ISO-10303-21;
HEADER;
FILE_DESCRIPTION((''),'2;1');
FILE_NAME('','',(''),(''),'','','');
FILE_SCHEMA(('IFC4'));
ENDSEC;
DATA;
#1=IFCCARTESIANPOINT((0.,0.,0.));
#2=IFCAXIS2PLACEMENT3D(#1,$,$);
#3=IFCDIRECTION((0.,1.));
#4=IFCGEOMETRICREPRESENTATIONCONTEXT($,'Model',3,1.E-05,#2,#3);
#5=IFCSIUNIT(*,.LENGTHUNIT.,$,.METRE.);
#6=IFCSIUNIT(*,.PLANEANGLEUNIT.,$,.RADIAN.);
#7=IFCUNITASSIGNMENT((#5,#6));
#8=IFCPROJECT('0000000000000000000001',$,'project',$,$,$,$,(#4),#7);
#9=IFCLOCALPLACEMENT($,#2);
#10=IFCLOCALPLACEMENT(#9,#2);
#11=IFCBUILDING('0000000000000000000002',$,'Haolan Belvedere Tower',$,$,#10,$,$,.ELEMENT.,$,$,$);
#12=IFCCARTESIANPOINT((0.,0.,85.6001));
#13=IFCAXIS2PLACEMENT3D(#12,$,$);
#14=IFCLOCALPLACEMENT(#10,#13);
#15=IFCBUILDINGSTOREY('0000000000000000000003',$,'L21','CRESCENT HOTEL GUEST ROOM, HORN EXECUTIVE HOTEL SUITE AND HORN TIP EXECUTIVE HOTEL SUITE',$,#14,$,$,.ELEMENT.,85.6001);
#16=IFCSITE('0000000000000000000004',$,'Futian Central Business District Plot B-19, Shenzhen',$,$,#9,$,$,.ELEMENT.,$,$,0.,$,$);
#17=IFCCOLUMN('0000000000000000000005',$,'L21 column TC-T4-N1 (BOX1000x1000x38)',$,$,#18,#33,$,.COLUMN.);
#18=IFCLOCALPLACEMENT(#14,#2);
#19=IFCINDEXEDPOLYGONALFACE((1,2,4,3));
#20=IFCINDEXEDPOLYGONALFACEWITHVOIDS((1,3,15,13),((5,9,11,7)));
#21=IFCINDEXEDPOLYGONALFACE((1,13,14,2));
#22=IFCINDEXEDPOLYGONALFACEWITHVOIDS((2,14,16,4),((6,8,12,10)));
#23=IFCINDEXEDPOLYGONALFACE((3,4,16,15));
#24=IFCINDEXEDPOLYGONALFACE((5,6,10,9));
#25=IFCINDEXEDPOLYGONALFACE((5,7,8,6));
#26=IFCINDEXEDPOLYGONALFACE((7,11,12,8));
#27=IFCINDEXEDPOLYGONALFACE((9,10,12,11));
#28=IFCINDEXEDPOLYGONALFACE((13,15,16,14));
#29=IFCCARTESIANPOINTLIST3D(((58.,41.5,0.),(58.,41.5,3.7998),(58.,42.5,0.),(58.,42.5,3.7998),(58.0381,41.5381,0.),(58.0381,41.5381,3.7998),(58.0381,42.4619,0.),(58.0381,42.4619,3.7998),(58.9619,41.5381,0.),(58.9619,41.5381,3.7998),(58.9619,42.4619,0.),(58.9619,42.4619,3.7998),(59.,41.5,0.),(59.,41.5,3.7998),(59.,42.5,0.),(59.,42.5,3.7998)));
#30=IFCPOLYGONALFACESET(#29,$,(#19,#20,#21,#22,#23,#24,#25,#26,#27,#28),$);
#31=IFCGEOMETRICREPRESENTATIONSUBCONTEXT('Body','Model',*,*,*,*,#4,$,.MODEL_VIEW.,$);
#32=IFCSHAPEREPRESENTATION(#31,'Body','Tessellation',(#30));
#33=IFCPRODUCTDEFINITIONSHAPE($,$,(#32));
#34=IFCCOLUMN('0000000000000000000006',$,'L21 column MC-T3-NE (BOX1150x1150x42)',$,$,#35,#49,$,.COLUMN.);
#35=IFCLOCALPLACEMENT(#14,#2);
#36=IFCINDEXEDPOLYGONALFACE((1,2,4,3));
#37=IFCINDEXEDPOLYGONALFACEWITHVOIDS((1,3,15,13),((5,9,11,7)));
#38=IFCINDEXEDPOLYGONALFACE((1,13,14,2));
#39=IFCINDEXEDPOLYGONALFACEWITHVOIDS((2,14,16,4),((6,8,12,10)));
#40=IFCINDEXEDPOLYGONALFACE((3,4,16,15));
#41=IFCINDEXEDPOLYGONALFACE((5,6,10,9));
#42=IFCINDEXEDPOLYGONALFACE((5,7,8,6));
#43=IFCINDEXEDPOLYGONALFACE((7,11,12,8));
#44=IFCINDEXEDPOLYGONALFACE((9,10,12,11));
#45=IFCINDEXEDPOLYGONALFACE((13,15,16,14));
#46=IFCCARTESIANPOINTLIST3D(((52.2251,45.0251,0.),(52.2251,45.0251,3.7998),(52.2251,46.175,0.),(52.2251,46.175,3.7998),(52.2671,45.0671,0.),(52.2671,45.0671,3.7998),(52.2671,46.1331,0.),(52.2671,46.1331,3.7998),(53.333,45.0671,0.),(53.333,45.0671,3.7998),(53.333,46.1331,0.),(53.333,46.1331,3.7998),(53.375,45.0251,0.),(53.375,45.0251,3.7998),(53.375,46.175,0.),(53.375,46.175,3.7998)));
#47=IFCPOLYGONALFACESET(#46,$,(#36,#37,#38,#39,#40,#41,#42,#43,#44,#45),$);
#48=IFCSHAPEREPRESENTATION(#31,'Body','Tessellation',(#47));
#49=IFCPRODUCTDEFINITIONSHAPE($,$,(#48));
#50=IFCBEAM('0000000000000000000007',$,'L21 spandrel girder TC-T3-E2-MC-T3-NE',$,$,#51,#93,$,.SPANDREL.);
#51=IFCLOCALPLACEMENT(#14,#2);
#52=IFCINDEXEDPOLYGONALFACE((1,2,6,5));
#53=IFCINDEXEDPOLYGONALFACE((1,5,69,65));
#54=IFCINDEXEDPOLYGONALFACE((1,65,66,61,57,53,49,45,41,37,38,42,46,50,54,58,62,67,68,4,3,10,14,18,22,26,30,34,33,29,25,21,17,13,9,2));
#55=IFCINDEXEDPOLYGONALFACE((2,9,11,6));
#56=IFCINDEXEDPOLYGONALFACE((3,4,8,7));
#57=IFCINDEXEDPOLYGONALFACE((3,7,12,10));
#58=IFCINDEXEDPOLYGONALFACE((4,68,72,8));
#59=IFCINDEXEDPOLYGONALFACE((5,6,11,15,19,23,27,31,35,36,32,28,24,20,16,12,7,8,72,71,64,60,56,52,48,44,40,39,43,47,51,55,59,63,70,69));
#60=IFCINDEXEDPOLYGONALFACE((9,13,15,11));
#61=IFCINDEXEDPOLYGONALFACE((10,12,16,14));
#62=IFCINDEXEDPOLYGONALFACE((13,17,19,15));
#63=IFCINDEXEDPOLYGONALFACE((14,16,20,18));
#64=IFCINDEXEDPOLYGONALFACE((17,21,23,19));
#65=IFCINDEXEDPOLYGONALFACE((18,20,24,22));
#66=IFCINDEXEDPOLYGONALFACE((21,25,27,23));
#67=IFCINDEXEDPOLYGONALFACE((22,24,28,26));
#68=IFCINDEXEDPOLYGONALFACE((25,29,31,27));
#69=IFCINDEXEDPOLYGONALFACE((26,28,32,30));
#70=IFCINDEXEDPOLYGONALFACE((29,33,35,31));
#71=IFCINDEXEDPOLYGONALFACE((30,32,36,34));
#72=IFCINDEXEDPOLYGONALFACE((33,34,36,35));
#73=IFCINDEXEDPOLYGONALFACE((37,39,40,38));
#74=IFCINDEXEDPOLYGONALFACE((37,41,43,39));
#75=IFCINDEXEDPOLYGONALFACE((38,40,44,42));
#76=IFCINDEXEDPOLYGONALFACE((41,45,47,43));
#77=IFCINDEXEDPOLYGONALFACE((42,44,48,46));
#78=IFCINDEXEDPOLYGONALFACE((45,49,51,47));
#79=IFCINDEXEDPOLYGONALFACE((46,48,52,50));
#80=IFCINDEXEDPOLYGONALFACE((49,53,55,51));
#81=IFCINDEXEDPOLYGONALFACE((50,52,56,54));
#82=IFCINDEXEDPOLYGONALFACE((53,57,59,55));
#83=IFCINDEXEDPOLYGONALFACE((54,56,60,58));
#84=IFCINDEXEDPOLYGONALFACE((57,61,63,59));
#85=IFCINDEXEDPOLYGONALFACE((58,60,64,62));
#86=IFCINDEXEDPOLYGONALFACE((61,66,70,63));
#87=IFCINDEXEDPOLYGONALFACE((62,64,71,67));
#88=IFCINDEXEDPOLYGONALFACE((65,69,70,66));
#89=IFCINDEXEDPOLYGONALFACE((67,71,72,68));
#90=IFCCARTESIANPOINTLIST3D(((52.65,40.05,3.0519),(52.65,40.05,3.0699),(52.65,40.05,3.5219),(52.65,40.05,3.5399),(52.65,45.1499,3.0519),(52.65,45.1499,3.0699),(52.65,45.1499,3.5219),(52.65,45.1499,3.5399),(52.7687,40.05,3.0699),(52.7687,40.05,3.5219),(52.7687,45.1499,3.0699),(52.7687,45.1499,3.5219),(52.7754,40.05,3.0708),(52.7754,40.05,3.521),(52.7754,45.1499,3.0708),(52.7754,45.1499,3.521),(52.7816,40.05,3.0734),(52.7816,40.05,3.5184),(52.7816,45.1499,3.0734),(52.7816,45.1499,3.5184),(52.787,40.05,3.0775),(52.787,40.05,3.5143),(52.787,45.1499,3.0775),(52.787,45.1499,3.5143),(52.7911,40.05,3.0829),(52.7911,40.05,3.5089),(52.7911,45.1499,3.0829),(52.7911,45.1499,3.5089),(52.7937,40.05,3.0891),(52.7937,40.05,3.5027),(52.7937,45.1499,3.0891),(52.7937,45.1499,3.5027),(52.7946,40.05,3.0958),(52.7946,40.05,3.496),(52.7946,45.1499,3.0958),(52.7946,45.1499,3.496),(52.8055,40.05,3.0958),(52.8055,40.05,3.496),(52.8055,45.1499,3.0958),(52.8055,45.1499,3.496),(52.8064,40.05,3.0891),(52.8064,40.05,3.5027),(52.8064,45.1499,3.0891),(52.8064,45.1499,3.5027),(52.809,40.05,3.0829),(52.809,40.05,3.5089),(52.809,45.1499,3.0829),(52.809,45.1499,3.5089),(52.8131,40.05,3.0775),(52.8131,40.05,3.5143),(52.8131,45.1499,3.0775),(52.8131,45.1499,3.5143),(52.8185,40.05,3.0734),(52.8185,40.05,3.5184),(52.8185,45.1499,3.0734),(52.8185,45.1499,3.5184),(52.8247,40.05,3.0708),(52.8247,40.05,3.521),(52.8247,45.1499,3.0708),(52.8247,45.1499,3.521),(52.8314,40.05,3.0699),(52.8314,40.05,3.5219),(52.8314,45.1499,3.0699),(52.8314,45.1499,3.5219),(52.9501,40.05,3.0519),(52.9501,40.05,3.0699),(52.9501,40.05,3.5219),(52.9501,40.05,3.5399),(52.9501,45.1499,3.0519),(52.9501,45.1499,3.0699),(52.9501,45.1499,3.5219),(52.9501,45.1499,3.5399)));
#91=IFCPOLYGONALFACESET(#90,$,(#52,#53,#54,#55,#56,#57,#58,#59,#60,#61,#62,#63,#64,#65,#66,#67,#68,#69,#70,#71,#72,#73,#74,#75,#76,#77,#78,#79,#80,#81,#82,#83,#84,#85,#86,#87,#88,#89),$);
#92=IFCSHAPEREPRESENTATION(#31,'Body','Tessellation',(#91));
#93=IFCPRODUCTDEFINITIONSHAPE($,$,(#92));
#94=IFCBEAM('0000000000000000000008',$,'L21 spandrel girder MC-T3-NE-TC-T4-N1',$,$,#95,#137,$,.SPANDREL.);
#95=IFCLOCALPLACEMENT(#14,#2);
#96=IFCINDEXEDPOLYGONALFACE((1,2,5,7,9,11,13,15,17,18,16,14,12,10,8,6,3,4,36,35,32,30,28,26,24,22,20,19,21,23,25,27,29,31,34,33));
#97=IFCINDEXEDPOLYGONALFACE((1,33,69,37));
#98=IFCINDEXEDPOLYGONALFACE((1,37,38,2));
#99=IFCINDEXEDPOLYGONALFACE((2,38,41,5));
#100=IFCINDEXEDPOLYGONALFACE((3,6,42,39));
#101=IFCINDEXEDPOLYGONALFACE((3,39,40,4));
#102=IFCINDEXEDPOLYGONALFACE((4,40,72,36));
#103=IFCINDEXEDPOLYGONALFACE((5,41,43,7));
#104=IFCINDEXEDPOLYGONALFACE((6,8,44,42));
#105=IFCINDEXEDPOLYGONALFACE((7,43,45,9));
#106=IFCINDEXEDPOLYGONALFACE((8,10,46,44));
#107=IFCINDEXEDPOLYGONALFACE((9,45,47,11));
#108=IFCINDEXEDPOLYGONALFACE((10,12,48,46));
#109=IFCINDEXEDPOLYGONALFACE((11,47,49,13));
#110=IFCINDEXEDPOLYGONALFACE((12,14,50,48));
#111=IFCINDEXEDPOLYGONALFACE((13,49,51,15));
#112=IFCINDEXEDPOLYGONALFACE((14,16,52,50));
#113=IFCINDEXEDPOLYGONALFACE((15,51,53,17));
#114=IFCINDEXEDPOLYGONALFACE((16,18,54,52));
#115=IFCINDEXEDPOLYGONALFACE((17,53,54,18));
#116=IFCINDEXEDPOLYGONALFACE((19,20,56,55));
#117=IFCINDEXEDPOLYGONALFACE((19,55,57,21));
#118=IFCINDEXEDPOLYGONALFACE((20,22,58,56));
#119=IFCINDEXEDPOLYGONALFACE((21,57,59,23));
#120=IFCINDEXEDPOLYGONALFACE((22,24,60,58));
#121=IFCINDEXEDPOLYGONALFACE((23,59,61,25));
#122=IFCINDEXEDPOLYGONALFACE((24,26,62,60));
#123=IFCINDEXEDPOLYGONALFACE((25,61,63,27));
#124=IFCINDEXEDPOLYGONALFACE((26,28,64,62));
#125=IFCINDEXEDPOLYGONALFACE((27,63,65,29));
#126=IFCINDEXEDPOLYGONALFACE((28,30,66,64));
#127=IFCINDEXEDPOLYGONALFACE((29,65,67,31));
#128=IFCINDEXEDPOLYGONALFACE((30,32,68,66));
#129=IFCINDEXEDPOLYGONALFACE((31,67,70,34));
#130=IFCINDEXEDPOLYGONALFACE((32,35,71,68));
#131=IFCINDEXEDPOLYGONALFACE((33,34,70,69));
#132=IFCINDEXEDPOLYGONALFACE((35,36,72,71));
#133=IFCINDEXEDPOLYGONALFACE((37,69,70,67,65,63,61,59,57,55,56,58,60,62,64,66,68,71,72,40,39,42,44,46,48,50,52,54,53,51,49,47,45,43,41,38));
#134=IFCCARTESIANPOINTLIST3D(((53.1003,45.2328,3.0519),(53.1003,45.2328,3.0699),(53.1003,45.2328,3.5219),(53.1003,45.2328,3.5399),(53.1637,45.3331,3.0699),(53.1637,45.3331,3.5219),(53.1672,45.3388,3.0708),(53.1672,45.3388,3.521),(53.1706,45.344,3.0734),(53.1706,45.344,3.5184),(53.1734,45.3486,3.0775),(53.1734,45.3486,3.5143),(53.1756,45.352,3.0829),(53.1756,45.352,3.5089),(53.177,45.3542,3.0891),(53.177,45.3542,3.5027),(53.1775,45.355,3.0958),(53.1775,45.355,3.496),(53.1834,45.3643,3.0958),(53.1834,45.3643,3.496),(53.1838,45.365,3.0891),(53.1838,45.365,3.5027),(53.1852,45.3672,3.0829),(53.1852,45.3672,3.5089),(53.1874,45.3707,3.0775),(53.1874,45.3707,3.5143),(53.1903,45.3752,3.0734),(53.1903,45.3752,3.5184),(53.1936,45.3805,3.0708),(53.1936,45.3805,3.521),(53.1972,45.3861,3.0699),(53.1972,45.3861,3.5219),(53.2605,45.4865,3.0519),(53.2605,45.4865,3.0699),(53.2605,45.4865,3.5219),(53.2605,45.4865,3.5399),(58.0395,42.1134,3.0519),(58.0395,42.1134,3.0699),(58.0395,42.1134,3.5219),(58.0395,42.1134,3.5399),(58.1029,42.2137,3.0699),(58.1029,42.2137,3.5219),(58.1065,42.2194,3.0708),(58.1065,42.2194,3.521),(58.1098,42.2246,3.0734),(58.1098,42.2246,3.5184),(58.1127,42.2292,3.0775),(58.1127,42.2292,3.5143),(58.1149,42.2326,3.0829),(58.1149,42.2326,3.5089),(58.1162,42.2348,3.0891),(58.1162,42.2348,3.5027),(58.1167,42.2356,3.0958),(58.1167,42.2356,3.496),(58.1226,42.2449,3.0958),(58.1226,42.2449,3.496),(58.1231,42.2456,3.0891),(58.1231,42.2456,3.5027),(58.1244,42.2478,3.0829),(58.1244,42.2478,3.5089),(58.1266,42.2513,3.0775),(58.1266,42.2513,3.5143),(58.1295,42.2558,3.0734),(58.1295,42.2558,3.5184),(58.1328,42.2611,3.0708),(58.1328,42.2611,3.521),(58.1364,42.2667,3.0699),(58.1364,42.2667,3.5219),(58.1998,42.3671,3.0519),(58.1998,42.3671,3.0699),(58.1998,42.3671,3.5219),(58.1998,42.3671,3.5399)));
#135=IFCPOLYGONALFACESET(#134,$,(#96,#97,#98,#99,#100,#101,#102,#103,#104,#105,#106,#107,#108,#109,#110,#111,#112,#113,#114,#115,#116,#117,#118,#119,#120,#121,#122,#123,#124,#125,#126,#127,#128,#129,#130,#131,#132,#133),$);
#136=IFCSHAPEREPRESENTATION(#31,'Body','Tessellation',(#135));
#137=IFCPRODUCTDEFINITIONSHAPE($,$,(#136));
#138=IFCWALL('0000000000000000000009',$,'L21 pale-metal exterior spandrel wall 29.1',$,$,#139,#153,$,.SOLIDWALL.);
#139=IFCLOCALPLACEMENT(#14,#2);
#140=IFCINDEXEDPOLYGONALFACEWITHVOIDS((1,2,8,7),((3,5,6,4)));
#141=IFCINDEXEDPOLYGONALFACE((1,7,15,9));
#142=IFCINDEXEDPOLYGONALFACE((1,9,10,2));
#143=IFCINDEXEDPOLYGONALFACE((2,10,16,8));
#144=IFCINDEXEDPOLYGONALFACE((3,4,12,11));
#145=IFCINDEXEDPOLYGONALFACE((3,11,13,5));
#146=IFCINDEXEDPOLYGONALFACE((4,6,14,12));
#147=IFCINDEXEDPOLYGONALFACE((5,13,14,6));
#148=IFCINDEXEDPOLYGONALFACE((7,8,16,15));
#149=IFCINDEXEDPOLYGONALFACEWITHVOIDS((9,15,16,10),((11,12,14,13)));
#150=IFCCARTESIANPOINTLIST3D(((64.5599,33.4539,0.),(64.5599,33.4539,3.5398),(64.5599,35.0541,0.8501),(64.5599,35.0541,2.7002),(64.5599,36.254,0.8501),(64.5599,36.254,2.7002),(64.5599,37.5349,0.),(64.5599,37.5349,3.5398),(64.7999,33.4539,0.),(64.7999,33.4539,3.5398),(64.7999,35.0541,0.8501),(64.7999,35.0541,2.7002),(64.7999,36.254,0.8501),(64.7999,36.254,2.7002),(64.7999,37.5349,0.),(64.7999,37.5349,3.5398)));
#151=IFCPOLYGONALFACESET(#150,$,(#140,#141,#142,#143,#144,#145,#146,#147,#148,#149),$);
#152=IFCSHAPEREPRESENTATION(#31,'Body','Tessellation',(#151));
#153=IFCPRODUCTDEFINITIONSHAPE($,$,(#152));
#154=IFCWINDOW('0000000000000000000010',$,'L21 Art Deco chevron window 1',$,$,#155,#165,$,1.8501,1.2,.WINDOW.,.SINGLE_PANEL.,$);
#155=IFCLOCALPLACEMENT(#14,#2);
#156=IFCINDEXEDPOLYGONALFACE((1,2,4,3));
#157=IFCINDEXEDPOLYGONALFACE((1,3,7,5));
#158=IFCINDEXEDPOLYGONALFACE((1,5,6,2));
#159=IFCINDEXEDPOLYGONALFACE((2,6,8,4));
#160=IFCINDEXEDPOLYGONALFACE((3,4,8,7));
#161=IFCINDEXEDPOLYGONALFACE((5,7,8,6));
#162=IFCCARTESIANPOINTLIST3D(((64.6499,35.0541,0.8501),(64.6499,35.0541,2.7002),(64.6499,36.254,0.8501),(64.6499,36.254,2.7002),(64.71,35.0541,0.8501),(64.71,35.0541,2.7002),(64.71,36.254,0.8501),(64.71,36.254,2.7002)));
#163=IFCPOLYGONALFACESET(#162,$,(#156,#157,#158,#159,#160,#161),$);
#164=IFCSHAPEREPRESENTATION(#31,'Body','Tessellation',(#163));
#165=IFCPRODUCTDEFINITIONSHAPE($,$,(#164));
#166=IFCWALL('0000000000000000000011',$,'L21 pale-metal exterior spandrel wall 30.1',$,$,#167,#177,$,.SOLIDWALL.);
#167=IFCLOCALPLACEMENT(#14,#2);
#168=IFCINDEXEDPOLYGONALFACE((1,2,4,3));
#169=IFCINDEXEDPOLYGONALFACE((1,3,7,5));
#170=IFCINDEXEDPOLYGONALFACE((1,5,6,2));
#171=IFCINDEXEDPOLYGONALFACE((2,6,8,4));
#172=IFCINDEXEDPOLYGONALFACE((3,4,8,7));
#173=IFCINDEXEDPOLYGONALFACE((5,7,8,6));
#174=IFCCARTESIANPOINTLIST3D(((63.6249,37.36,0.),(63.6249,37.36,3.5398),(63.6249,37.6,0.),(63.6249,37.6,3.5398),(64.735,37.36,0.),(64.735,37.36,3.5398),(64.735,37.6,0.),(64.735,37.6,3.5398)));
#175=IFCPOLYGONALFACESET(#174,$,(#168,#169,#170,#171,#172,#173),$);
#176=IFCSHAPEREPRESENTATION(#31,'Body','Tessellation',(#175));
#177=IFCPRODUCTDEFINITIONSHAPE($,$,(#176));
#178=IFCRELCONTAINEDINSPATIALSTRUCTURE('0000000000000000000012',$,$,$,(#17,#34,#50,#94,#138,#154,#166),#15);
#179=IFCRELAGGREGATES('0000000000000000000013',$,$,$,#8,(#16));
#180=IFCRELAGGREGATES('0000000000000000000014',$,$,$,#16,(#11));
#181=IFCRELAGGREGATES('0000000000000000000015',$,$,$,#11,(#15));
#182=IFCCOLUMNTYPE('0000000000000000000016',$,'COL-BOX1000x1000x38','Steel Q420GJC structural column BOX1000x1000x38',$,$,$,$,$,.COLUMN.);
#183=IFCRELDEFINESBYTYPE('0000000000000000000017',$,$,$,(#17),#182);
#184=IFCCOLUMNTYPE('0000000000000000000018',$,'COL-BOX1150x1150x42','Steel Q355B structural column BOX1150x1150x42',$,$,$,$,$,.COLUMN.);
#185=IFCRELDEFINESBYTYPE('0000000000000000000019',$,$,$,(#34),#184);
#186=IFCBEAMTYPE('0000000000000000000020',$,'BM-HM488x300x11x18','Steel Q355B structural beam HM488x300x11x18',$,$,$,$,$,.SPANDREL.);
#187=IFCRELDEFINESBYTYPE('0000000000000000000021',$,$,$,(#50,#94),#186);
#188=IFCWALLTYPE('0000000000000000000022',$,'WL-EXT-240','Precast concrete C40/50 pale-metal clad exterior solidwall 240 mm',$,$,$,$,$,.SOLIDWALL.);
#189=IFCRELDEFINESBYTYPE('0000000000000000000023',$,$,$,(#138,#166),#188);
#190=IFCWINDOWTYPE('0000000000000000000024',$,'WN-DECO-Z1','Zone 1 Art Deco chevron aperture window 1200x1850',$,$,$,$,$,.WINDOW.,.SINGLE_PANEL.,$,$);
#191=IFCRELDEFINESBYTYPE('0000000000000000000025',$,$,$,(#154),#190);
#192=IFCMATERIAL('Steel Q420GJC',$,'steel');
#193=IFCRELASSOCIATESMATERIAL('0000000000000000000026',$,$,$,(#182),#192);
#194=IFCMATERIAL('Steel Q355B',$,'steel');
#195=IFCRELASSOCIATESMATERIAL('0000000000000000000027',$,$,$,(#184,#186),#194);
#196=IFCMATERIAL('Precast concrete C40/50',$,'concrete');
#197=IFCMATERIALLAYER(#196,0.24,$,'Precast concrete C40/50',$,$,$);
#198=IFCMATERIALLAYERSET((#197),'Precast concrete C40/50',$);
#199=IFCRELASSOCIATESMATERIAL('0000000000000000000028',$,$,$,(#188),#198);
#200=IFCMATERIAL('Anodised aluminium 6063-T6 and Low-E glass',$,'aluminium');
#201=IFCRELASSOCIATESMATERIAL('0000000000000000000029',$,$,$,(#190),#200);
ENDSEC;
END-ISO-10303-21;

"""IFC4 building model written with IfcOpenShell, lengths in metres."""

from ifc_helpers import new_model, si_unit, direction, frame, frame_2d, origin, origin_2d, place, context, subcontext, project, spatial, rectangle, hollow_rectangle, i_section, extrude, material, layer, layer_set, material_profile, profile_set, type_object, element, fill, save


model = new_model("IFC4")

# Units and contexts
model_context = context("Model", 3, precision=1e-05, world=origin(), true_north=direction((0.0, 1.0)))
body_context = subcontext(model_context, "Body", "Model", "MODEL_VIEW")
ifc_project = project(units=[si_unit("LENGTHUNIT", "METRE"), si_unit("PLANEANGLEUNIT", "RADIAN")], contexts=[model_context])

# Site, building, storey
site_placement = place(None, origin())
site = spatial("IfcSite", under=ifc_project, at=site_placement, Name="Futian Central Business District Plot B-19, Shenzhen", CompositionType="ELEMENT", RefElevation=0.0)
building_placement = place(site_placement, origin())
building = spatial("IfcBuilding", under=site, at=building_placement, Name="Haolan Belvedere Tower", CompositionType="ELEMENT")
storey_placement = place(building_placement, frame((0.0, 0.0, 85.6001)))
storey = spatial("IfcBuildingStorey", under=building, at=storey_placement, Name="L21", Description="CRESCENT HOTEL GUEST ROOM, HORN EXECUTIVE HOTEL SUITE AND HORN TIP EXECUTIVE HOTEL SUITE", CompositionType="ELEMENT", Elevation=85.6001)

# Columns
ifc_material_1 = material(Name="Steel Q420GJC", Category="steel")
ifc_material_profile_1 = material_profile(ifc_material_1, hollow_rectangle(XDim=1.0, YDim=1.0, WallThickness=0.0381, at=origin_2d()), Name="Steel Q420GJC")
ifc_profile_set_1 = profile_set([ifc_material_profile_1], Name="Steel Q420GJC")
column_type_1 = type_object("IfcColumnType", Name="COL-BOX1000x1000x38", Description="Steel Q420GJC structural column BOX1000x1000x38", PredefinedType="COLUMN", material=ifc_profile_set_1)
column_1_placement = place(storey_placement, frame((58.5, 42.0, 0.0), z_axis=(0.0, 0.0, 1.0), x_axis=(1.0, 0.0, 0.0)))
element("IfcColumn", 1, at=column_1_placement, inside=storey, type_object=column_type_1, Name="L21 column TC-T4-N1 (BOX1000x1000x38)", PredefinedType="COLUMN", context=body_context, shape_type="SweptSolid", body=[
    extrude(hollow_rectangle(XDim=1.0, YDim=1.0, WallThickness=0.0381, at=origin_2d()), origin(), (0.0, 0.0, 1.0), 3.7998),
])
ifc_material_2 = material(Name="Steel Q355B", Category="steel")
ifc_material_profile_2 = material_profile(ifc_material_2, hollow_rectangle(XDim=1.1499, YDim=1.1499, WallThickness=0.042, at=origin_2d()), Name="Steel Q355B")
ifc_profile_set_2 = profile_set([ifc_material_profile_2], Name="Steel Q355B")
column_type_2 = type_object("IfcColumnType", Name="COL-BOX1150x1150x42", Description="Steel Q355B structural column BOX1150x1150x42", PredefinedType="COLUMN", material=ifc_profile_set_2)
column_2_placement = place(storey_placement, frame((52.8, 45.6001, 0.0), z_axis=(0.0, 0.0, 1.0), x_axis=(1.0, 0.0, 0.0)))
element("IfcColumn", 2, at=column_2_placement, inside=storey, type_object=column_type_2, Name="L21 column MC-T3-NE (BOX1150x1150x42)", PredefinedType="COLUMN", context=body_context, shape_type="SweptSolid", body=[
    extrude(hollow_rectangle(XDim=1.1499, YDim=1.1499, WallThickness=0.042, at=origin_2d()), origin(), (0.0, 0.0, 1.0), 3.7998),
])

# Beams
ifc_material_profile_3 = material_profile(ifc_material_2, i_section(OverallWidth=0.3, OverallDepth=0.488, WebThickness=0.011, FlangeThickness=0.0181, FilletRadius=0.0259, at=origin_2d()), Name="Steel Q355B")
ifc_profile_set_3 = profile_set([ifc_material_profile_3], Name="Steel Q355B")
beam_type = type_object("IfcBeamType", Name="BM-HM488x300x11x18", Description="Steel Q355B structural beam HM488x300x11x18", PredefinedType="SPANDREL", material=ifc_profile_set_3)
beam_1_placement = place(storey_placement, frame((52.8, 40.05, 3.2959), z_axis=(0.0, 1.0, 0.0), x_axis=(-1.0, 0.0, 0.0)))
element("IfcBeam", 3, at=beam_1_placement, inside=storey, type_object=beam_type, Name="L21 spandrel girder TC-T3-E2-MC-T3-NE", PredefinedType="SPANDREL", context=body_context, shape_type="SweptSolid", body=[
    extrude(i_section(OverallWidth=0.3, OverallDepth=0.488, WebThickness=0.011, FlangeThickness=0.0181, FilletRadius=0.0259, at=origin_2d()), origin(), (0.0, 0.0, 1.0), 5.0999),
])
beam_2_placement = place(storey_placement, frame((53.1804, 45.3596, 3.2959), z_axis=(0.845498, -0.533979, 0.0), x_axis=(0.533979, 0.845498, 0.0)))
element("IfcBeam", 4, at=beam_2_placement, inside=storey, type_object=beam_type, Name="L21 spandrel girder MC-T3-NE-TC-T4-N1", PredefinedType="SPANDREL", context=body_context, shape_type="SweptSolid", body=[
    extrude(i_section(OverallWidth=0.3, OverallDepth=0.488, WebThickness=0.011, FlangeThickness=0.0181, FilletRadius=0.0259, at=origin_2d()), origin(), (0.0, 0.0, 1.0), 5.8418),
])

# Wall, opening, window
ifc_material_3 = material(Name="Precast concrete C40/50", Category="concrete")
ifc_layer_1 = layer(ifc_material_3, 0.24, Name="Precast concrete C40/50")
ifc_layer_set_1 = layer_set([ifc_layer_1], Name="Precast concrete C40/50")
wall_type_1 = type_object("IfcWallType", Name="WL-EXT-240", Description="Precast concrete C40/50 pale-metal clad exterior solidwall 240 mm", PredefinedType="SOLIDWALL", material=ifc_layer_set_1)
wall_1_placement = place(storey_placement, frame((64.6799, 33.4539, 0.0), z_axis=(0.0, 0.0, 1.0), x_axis=(0.0, 1.0, 0.0)))
wall_1 = element("IfcWall", 5, at=wall_1_placement, inside=storey, type_object=wall_type_1, Name="L21 pale-metal exterior spandrel wall 29.1", PredefinedType="SOLIDWALL", context=body_context, shape_type="SweptSolid", body=[
    extrude(rectangle(XDim=4.0811, YDim=0.24, at=frame_2d((2.0405, 0.0))), origin(), (0.0, 0.0, 1.0), 3.5398),
])
opening_1_placement = place(wall_1_placement, frame((1.6001, 0.0, 0.8501)))
opening_1 = element("IfcOpeningElement", 6, at=opening_1_placement, cuts=wall_1, PredefinedType="OPENING", context=body_context, shape_type="SweptSolid", body=[
    extrude(rectangle(XDim=1.2, YDim=1.8501, at=frame_2d((0.6001, 0.925))), frame((0.0, 0.1299, 0.0), z_axis=(0.0, -1.0, 0.0), x_axis=(1.0, 0.0, 0.0)), (0.0, 0.0, 1.0), 0.26),
])
ifc_material_4 = material(Name="Anodised aluminium 6063-T6 and Low-E glass", Category="aluminium")
window_type = type_object("IfcWindowType", Name="WN-DECO-Z1", Description="Zone 1 Art Deco chevron aperture window 1200x1850", PartitioningType="SINGLE_PANEL", PredefinedType="WINDOW", material=ifc_material_4)
window_1_placement = place(opening_1_placement, origin())
window_1 = element("IfcWindow", 7, at=window_1_placement, inside=storey, type_object=window_type, Name="L21 Art Deco chevron window 1", OverallHeight=1.8501, OverallWidth=1.2, PartitioningType="SINGLE_PANEL", PredefinedType="WINDOW", context=body_context, shape_type="SweptSolid", body=[
    extrude(rectangle(XDim=1.2, YDim=1.8501, at=frame_2d((0.6001, 0.925))), frame((0.0, 0.03, 0.0), z_axis=(0.0, -1.0, 0.0), x_axis=(1.0, 0.0, 0.0)), (0.0, 0.0, 1.0), 0.0601),
])
fill(opening_1, window_1)

# Wall
wall_2_placement = place(storey_placement, frame((64.7351, 37.48, 0.0), z_axis=(0.0, 0.0, 1.0), x_axis=(-1.0, 0.0, 0.0)))
element("IfcWall", 8, at=wall_2_placement, inside=storey, type_object=wall_type_1, Name="L21 pale-metal exterior spandrel wall 30.1", PredefinedType="SOLIDWALL", context=body_context, shape_type="SweptSolid", body=[
    extrude(rectangle(XDim=1.1101, YDim=0.24, at=frame_2d((0.5552, 0.0))), origin(), (0.0, 0.0, 1.0), 3.5398),
])

save(model, "model.ifc")
